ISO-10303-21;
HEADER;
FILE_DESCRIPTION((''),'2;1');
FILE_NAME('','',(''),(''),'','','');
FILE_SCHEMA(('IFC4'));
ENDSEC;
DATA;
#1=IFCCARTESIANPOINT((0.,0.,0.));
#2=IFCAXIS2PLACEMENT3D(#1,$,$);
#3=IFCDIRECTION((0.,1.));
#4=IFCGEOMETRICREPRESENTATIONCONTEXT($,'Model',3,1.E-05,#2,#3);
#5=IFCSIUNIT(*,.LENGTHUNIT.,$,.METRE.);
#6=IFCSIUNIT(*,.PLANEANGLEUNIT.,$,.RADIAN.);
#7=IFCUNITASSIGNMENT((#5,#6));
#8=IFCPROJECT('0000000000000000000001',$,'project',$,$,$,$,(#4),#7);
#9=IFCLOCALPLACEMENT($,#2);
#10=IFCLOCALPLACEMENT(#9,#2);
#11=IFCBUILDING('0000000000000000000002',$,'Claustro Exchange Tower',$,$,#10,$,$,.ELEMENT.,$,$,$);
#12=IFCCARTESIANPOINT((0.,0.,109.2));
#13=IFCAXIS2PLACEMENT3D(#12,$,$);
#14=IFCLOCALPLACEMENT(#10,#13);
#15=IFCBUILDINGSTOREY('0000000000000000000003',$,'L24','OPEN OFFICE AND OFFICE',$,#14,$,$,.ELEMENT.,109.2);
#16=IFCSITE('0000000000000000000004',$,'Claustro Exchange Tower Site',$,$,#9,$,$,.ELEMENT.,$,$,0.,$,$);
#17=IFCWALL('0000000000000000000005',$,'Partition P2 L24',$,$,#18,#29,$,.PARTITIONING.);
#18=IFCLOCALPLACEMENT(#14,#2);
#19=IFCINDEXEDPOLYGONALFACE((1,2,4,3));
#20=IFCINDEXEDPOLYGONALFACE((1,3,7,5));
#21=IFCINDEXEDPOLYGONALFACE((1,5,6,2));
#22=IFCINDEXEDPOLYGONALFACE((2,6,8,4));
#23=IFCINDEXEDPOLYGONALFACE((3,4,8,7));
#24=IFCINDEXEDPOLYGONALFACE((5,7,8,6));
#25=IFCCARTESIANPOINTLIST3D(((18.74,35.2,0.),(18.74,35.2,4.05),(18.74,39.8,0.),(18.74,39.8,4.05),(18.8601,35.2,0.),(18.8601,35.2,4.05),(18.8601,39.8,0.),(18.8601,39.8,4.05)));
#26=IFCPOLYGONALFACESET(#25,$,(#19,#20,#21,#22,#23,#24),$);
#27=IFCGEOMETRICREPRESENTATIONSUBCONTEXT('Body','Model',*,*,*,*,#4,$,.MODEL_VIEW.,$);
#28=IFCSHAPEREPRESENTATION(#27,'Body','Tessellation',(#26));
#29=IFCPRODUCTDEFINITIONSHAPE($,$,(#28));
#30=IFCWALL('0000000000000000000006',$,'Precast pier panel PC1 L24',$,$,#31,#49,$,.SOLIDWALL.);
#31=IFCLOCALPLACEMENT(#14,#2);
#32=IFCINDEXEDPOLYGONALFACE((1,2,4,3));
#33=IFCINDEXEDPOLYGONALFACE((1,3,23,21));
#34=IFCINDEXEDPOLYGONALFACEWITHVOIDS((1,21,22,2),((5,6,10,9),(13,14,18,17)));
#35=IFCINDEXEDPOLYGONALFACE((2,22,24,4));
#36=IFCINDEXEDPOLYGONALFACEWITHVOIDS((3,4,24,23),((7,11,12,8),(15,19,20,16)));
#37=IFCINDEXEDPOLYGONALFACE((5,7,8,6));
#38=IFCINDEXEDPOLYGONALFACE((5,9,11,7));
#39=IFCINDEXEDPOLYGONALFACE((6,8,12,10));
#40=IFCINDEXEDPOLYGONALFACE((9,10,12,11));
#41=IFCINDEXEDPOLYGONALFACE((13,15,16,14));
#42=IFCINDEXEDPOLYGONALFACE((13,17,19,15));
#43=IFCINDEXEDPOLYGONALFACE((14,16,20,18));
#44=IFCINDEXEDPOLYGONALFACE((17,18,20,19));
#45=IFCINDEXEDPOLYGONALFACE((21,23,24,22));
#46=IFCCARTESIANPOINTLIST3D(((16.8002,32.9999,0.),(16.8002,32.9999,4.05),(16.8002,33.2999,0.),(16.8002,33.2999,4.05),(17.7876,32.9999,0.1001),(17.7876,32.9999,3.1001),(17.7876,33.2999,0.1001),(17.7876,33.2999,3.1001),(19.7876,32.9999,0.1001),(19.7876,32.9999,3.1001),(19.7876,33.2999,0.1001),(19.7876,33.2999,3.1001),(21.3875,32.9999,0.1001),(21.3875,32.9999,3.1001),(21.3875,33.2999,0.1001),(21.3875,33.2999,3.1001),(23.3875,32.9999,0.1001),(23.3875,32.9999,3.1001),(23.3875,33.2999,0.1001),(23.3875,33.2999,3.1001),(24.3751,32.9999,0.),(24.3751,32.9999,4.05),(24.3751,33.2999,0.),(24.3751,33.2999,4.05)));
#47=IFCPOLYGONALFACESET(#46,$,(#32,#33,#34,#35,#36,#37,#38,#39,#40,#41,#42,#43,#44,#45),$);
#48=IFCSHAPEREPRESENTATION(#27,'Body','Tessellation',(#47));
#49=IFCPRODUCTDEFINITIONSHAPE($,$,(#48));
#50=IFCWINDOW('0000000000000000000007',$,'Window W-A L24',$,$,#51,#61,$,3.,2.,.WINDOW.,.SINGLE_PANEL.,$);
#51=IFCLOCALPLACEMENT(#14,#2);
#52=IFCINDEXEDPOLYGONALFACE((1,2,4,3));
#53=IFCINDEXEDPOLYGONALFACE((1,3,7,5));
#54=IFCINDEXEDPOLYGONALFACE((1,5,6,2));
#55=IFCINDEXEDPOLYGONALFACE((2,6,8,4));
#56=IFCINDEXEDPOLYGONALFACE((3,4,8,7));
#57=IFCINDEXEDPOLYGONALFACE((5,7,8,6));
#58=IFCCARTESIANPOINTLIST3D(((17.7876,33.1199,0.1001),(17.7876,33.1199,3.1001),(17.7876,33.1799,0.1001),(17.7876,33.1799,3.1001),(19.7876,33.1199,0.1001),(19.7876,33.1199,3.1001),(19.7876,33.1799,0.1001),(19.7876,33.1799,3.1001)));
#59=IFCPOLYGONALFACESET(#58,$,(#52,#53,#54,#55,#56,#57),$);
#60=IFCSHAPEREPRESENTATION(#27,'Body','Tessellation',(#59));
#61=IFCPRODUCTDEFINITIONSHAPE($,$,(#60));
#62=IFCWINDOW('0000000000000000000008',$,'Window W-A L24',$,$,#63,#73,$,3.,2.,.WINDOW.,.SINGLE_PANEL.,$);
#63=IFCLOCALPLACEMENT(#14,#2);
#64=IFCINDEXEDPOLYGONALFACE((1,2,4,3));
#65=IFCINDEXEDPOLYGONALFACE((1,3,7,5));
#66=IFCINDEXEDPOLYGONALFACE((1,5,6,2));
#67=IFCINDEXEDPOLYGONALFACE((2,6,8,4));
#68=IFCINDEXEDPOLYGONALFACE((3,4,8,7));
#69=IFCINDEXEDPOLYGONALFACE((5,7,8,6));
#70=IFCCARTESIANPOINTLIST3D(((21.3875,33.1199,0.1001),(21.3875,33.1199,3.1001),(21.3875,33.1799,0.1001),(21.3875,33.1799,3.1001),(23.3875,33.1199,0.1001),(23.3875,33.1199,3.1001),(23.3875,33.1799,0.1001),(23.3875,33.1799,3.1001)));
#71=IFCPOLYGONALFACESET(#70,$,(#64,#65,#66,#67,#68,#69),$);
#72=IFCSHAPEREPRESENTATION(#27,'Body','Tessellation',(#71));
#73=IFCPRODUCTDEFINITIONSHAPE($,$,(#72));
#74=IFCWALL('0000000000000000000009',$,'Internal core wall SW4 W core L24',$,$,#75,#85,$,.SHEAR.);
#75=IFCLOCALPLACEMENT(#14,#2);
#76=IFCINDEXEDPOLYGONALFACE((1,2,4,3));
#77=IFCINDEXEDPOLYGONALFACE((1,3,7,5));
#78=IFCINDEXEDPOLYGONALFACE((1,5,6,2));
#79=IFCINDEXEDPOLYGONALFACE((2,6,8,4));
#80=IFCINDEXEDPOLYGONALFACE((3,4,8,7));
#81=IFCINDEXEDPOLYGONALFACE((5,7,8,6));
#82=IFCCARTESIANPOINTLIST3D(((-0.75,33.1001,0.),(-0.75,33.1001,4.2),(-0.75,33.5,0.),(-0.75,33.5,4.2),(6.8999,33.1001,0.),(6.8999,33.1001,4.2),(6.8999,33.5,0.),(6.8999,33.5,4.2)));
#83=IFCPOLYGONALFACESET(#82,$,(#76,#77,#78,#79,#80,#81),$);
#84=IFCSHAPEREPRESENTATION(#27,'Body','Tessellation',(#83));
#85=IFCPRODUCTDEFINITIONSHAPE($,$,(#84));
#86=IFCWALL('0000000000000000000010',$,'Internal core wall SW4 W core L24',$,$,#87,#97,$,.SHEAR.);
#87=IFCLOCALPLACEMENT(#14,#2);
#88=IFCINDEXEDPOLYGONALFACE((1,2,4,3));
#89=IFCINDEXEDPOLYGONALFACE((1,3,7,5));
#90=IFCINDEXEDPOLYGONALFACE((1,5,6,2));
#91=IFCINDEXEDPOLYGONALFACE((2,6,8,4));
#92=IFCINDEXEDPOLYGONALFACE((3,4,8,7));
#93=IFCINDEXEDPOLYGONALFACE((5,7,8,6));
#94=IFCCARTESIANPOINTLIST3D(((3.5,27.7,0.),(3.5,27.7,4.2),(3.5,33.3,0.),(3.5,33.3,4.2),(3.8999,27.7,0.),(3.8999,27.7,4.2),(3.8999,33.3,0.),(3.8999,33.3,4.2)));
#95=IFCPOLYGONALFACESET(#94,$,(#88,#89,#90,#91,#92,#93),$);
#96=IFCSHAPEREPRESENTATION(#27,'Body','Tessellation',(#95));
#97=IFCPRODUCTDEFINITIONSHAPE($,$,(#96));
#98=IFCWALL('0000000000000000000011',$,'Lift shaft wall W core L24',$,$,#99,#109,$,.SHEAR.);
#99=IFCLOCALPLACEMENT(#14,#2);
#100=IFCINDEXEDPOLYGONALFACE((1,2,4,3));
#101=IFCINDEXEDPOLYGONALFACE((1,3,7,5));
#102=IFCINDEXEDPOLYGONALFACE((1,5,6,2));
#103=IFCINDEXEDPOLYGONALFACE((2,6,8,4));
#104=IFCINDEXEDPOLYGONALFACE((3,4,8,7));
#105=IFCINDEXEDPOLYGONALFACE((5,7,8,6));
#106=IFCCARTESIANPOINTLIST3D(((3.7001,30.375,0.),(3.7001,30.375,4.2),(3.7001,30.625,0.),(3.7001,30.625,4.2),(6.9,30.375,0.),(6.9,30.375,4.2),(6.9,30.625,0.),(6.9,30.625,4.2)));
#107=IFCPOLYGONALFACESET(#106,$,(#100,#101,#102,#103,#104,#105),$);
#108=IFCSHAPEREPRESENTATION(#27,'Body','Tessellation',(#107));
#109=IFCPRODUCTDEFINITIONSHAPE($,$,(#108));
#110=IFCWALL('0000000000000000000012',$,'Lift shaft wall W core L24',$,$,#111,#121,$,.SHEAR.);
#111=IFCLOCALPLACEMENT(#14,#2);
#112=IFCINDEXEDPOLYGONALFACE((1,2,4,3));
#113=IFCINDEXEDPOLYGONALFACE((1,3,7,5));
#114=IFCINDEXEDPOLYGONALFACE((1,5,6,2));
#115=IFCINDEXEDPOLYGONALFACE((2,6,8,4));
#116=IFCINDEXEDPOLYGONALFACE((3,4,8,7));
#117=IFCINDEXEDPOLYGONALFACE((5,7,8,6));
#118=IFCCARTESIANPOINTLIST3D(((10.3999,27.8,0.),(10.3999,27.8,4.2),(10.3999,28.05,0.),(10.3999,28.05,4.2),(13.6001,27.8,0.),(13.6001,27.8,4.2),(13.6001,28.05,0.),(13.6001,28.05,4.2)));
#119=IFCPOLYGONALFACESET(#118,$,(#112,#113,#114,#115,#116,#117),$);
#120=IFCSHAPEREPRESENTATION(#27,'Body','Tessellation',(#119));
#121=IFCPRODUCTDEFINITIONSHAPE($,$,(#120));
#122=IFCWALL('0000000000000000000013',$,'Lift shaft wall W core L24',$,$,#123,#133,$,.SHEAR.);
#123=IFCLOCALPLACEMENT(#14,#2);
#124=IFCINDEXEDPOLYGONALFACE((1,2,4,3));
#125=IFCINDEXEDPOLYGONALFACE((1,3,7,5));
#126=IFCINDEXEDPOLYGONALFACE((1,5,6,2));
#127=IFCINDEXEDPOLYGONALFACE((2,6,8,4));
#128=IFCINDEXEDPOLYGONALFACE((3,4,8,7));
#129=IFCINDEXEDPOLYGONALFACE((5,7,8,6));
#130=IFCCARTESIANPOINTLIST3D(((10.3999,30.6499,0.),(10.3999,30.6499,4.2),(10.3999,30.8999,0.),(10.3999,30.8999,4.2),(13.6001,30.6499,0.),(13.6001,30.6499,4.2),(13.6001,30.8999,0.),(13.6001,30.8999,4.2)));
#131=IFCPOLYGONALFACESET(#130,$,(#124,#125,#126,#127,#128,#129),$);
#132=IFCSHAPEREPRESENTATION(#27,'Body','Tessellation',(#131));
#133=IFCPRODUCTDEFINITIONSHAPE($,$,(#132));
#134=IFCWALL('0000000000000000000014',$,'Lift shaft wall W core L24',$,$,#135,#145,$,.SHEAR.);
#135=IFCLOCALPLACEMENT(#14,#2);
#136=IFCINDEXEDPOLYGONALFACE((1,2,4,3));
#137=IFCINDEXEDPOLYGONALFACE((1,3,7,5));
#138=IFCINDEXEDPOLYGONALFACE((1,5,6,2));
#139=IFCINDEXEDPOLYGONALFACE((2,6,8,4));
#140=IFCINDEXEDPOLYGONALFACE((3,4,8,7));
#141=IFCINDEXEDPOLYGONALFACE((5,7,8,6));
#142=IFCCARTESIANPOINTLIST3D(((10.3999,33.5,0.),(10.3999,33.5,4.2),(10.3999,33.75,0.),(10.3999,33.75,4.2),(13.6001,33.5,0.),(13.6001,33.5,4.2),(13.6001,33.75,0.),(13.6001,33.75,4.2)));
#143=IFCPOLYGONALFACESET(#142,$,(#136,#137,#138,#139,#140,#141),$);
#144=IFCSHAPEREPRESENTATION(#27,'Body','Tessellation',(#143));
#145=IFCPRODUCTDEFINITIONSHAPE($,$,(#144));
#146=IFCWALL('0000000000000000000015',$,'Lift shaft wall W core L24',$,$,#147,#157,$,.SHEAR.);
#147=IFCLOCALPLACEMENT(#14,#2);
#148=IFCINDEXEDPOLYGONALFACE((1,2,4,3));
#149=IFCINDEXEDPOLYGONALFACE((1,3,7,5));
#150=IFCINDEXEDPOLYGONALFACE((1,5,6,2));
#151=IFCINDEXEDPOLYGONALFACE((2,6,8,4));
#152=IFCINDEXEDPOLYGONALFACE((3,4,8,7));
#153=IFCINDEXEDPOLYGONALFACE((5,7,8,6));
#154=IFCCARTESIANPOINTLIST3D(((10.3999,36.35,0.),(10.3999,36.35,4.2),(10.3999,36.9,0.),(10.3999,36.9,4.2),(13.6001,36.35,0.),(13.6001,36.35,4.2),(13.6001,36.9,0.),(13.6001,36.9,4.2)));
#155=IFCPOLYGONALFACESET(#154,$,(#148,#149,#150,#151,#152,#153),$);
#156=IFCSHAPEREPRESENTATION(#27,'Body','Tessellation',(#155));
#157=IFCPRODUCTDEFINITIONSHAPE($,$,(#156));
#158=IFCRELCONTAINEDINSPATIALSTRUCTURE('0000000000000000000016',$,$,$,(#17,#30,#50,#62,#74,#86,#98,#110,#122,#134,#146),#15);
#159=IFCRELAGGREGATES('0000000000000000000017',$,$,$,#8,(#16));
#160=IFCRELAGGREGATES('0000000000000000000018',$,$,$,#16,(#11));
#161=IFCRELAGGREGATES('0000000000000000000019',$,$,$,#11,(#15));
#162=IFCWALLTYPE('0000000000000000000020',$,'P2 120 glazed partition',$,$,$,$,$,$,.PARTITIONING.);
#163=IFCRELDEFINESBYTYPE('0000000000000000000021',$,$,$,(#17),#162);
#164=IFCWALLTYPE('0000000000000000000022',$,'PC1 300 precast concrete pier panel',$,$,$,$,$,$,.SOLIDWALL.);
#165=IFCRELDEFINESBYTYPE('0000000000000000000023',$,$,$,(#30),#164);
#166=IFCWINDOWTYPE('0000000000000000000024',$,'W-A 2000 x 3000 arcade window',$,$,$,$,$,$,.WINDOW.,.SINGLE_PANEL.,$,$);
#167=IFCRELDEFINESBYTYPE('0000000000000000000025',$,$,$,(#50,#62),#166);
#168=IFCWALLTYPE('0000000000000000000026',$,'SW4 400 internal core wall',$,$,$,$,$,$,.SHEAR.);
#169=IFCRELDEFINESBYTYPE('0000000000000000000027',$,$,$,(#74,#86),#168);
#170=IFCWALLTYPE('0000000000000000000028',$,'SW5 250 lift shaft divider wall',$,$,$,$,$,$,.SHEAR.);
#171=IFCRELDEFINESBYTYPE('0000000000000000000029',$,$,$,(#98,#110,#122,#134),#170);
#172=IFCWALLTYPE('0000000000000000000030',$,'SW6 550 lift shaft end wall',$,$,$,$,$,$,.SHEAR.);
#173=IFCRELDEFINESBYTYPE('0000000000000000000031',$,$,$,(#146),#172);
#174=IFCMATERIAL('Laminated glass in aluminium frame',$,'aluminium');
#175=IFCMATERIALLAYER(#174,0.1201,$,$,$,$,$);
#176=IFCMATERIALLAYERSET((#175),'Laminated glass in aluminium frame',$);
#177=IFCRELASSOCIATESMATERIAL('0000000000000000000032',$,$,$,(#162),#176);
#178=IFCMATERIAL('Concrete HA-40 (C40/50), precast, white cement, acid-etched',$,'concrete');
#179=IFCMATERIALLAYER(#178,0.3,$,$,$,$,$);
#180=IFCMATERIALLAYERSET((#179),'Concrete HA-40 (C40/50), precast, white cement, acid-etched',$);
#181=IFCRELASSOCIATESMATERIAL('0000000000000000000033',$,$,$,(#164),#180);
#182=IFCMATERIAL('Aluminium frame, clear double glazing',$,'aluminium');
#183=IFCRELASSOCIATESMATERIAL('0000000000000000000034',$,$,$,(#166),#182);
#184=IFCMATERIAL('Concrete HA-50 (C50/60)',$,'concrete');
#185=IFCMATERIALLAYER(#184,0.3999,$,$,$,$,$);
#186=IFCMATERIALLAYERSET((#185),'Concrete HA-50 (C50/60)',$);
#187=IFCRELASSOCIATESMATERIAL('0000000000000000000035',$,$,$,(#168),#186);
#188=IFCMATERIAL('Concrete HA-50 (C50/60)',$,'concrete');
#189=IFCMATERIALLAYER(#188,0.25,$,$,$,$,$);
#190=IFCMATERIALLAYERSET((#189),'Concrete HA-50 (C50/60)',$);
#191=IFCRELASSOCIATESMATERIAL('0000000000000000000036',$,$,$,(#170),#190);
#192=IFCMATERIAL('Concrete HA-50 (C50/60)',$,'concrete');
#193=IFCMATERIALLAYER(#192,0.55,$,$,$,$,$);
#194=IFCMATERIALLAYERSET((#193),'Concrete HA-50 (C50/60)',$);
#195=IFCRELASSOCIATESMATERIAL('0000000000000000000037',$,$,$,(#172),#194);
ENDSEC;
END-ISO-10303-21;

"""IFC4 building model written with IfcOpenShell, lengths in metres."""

from ifc_helpers import new_model, si_unit, direction, frame, frame_2d, origin, place, context, subcontext, project, spatial, rectangle, extrude, material, layer, layer_set, type_object, element, fill, save


model = new_model("IFC4")

# Units and contexts
model_context = context("Model", 3, precision=1e-05, world=origin(), true_north=direction((0.0, 1.0)))
body_context = subcontext(model_context, "Body", "Model", "MODEL_VIEW")
ifc_project = project(units=[si_unit("LENGTHUNIT", "METRE"), si_unit("PLANEANGLEUNIT", "RADIAN")], contexts=[model_context])

# Site, building, storey
site_placement = place(None, origin())
site = spatial("IfcSite", under=ifc_project, at=site_placement, Name="Claustro Exchange Tower Site", CompositionType="ELEMENT", RefElevation=0.0)
building_placement = place(site_placement, origin())
building = spatial("IfcBuilding", under=site, at=building_placement, Name="Claustro Exchange Tower", CompositionType="ELEMENT")
storey_placement = place(building_placement, frame((0.0, 0.0, 109.2)))
storey = spatial("IfcBuildingStorey", under=building, at=storey_placement, Name="L24", Description="OPEN OFFICE AND OFFICE", CompositionType="ELEMENT", Elevation=109.2)

# Wall
ifc_material_1 = material(Name="Laminated glass in aluminium frame", Category="aluminium")
ifc_layer_1 = layer(ifc_material_1, 0.1201)
ifc_layer_set_1 = layer_set([ifc_layer_1], Name="Laminated glass in aluminium frame")
wall_type_1 = type_object("IfcWallType", Name="P2 120 glazed partition", PredefinedType="PARTITIONING", material=ifc_layer_set_1)
wall_1_placement = place(storey_placement, frame((18.8, 35.2, 0.0), z_axis=(0.0, 0.0, 1.0), x_axis=(0.0, 1.0, 0.0)))
element("IfcWall", 1, at=wall_1_placement, inside=storey, type_object=wall_type_1, Name="Partition P2 L24", PredefinedType="PARTITIONING", context=body_context, shape_type="SweptSolid", body=[
    extrude(rectangle(XDim=4.6001, YDim=0.1201, at=frame_2d((2.3, 0.0))), origin(), (0.0, 0.0, 1.0), 4.05),
])

# Wall, openings, windows
ifc_material_2 = material(Name="Concrete HA-40 (C40/50), precast, white cement, acid-etched", Category="concrete")
ifc_layer_2 = layer(ifc_material_2, 0.3)
ifc_layer_set_2 = layer_set([ifc_layer_2], Name="Concrete HA-40 (C40/50), precast, white cement, acid-etched")
wall_type_2 = type_object("IfcWallType", Name="PC1 300 precast concrete pier panel", PredefinedType="SOLIDWALL", material=ifc_layer_set_2)
wall_2_placement = place(storey_placement, frame((16.8, 33.1499, 0.0), z_axis=(0.0, 0.0, 1.0), x_axis=(1.0, 0.0, 0.0)))
wall_2 = element("IfcWall", 2, at=wall_2_placement, inside=storey, type_object=wall_type_2, Name="Precast pier panel PC1 L24", PredefinedType="SOLIDWALL", context=body_context, shape_type="SweptSolid", body=[
    extrude(rectangle(XDim=7.575, YDim=0.3, at=frame_2d((3.7876, 0.0))), origin(), (0.0, 0.0, 1.0), 4.05),
])
opening_1_placement = place(wall_2_placement, frame((0.9875, 0.0, 0.1001)))
opening_1 = element("IfcOpeningElement", 3, at=opening_1_placement, cuts=wall_2, PredefinedType="OPENING", context=body_context, shape_type="SweptSolid", body=[
    extrude(rectangle(XDim=2.0, YDim=3.0, at=frame_2d((1.0, 1.5))), frame((0.0, 0.1599, 0.0), z_axis=(0.0, -1.0, 0.0), x_axis=(1.0, 0.0, 0.0)), (0.0, 0.0, 1.0), 0.3201),
])
opening_2_placement = place(wall_2_placement, frame((4.5874, 0.0, 0.1001)))
opening_2 = element("IfcOpeningElement", 4, at=opening_2_placement, cuts=wall_2, PredefinedType="OPENING", context=body_context, shape_type="SweptSolid", body=[
    extrude(rectangle(XDim=2.0, YDim=3.0, at=frame_2d((1.0, 1.5))), frame((0.0, 0.1599, 0.0), z_axis=(0.0, -1.0, 0.0), x_axis=(1.0, 0.0, 0.0)), (0.0, 0.0, 1.0), 0.3201),
])
ifc_material_3 = material(Name="Aluminium frame, clear double glazing", Category="aluminium")
window_type = type_object("IfcWindowType", Name="W-A 2000 x 3000 arcade window", PartitioningType="SINGLE_PANEL", PredefinedType="WINDOW", material=ifc_material_3)
window_1_placement = place(opening_1_placement, origin())
window_1 = element("IfcWindow", 5, at=window_1_placement, inside=storey, type_object=window_type, Name="Window W-A L24", OverallHeight=3.0, OverallWidth=2.0, PartitioningType="SINGLE_PANEL", PredefinedType="WINDOW", context=body_context, shape_type="SweptSolid", body=[
    extrude(rectangle(XDim=2.0, YDim=3.0, at=frame_2d((1.0, 1.5))), frame((0.0, 0.03, 0.0), z_axis=(0.0, -1.0, 0.0), x_axis=(1.0, 0.0, 0.0)), (0.0, 0.0, 1.0), 0.0601),
])
fill(opening_1, window_1)
window_2_placement = place(opening_2_placement, origin())
window_2 = element("IfcWindow", 6, at=window_2_placement, inside=storey, type_object=window_type, Name="Window W-A L24", OverallHeight=3.0, OverallWidth=2.0, PartitioningType="SINGLE_PANEL", PredefinedType="WINDOW", context=body_context, shape_type="SweptSolid", body=[
    extrude(rectangle(XDim=2.0, YDim=3.0, at=frame_2d((1.0, 1.5))), frame((0.0, 0.03, 0.0), z_axis=(0.0, -1.0, 0.0), x_axis=(1.0, 0.0, 0.0)), (0.0, 0.0, 1.0), 0.0601),
])
fill(opening_2, window_2)

# Walls
ifc_material_4 = material(Name="Concrete HA-50 (C50/60)", Category="concrete")
ifc_layer_3 = layer(ifc_material_4, 0.3999)
ifc_layer_set_3 = layer_set([ifc_layer_3], Name="Concrete HA-50 (C50/60)")
wall_type_3 = type_object("IfcWallType", Name="SW4 400 internal core wall", PredefinedType="SHEAR", material=ifc_layer_set_3)
wall_3_placement = place(storey_placement, frame((-0.75, 33.3, 0.0), z_axis=(0.0, 0.0, 1.0), x_axis=(1.0, 0.0, 0.0)))
element("IfcWall", 7, at=wall_3_placement, inside=storey, type_object=wall_type_3, Name="Internal core wall SW4 W core L24", PredefinedType="SHEAR", context=body_context, shape_type="SweptSolid", body=[
    extrude(rectangle(XDim=7.6499, YDim=0.3999, at=frame_2d((3.825, 0.0))), origin(), (0.0, 0.0, 1.0), 4.2),
])
wall_4_placement = place(storey_placement, frame((3.7, 27.7, 0.0), z_axis=(0.0, 0.0, 1.0), x_axis=(0.0, 1.0, 0.0)))
element("IfcWall", 8, at=wall_4_placement, inside=storey, type_object=wall_type_3, Name="Internal core wall SW4 W core L24", PredefinedType="SHEAR", context=body_context, shape_type="SweptSolid", body=[
    extrude(rectangle(XDim=5.6001, YDim=0.3999, at=frame_2d((2.8, 0.0))), origin(), (0.0, 0.0, 1.0), 4.2),
])
ifc_material_5 = material(Name="Concrete HA-50 (C50/60)", Category="concrete")
ifc_layer_4 = layer(ifc_material_5, 0.25)
ifc_layer_set_4 = layer_set([ifc_layer_4], Name="Concrete HA-50 (C50/60)")
wall_type_4 = type_object("IfcWallType", Name="SW5 250 lift shaft divider wall", PredefinedType="SHEAR", material=ifc_layer_set_4)
wall_5_placement = place(storey_placement, frame((3.7, 30.5, 0.0), z_axis=(0.0, 0.0, 1.0), x_axis=(1.0, 0.0, 0.0)))
element("IfcWall", 9, at=wall_5_placement, inside=storey, type_object=wall_type_4, Name="Lift shaft wall W core L24", PredefinedType="SHEAR", context=body_context, shape_type="SweptSolid", body=[
    extrude(rectangle(XDim=3.2, YDim=0.25, at=frame_2d((1.6001, 0.0))), origin(), (0.0, 0.0, 1.0), 4.2),
])
for number, where, z_axis, x_axis, name in (
    (10, (10.3999, 27.925, 0.0), (0.0, 0.0, 1.0), (1.0, 0.0, 0.0), "Lift shaft wall W core L24"),
    (11, (10.3999, 30.7749, 0.0), (0.0, 0.0, 1.0), (1.0, 0.0, 0.0), "Lift shaft wall W core L24"),
    (12, (10.3999, 33.625, 0.0), (0.0, 0.0, 1.0), (1.0, 0.0, 0.0), "Lift shaft wall W core L24"),
):
    element("IfcWall", number, at=place(storey_placement, frame(where, z_axis=z_axis, x_axis=x_axis)), inside=storey, type_object=wall_type_4, Name=name, PredefinedType="SHEAR", context=body_context, shape_type="SweptSolid", body=[
        extrude(rectangle(XDim=3.2002, YDim=0.25, at=frame_2d((1.6001, 0.0))), origin(), (0.0, 0.0, 1.0), 4.2),
    ])
ifc_material_6 = material(Name="Concrete HA-50 (C50/60)", Category="concrete")
ifc_layer_5 = layer(ifc_material_6, 0.55)
ifc_layer_set_5 = layer_set([ifc_layer_5], Name="Concrete HA-50 (C50/60)")
wall_type_5 = type_object("IfcWallType", Name="SW6 550 lift shaft end wall", PredefinedType="SHEAR", material=ifc_layer_set_5)
wall_6_placement = place(storey_placement, frame((10.3999, 36.625, 0.0), z_axis=(0.0, 0.0, 1.0), x_axis=(1.0, 0.0, 0.0)))
element("IfcWall", 13, at=wall_6_placement, inside=storey, type_object=wall_type_5, Name="Lift shaft wall W core L24", PredefinedType="SHEAR", context=body_context, shape_type="SweptSolid", body=[
    extrude(rectangle(XDim=3.2002, YDim=0.55, at=frame_2d((1.6001, 0.0))), origin(), (0.0, 0.0, 1.0), 4.2),
])

save(model, "model.ifc")
